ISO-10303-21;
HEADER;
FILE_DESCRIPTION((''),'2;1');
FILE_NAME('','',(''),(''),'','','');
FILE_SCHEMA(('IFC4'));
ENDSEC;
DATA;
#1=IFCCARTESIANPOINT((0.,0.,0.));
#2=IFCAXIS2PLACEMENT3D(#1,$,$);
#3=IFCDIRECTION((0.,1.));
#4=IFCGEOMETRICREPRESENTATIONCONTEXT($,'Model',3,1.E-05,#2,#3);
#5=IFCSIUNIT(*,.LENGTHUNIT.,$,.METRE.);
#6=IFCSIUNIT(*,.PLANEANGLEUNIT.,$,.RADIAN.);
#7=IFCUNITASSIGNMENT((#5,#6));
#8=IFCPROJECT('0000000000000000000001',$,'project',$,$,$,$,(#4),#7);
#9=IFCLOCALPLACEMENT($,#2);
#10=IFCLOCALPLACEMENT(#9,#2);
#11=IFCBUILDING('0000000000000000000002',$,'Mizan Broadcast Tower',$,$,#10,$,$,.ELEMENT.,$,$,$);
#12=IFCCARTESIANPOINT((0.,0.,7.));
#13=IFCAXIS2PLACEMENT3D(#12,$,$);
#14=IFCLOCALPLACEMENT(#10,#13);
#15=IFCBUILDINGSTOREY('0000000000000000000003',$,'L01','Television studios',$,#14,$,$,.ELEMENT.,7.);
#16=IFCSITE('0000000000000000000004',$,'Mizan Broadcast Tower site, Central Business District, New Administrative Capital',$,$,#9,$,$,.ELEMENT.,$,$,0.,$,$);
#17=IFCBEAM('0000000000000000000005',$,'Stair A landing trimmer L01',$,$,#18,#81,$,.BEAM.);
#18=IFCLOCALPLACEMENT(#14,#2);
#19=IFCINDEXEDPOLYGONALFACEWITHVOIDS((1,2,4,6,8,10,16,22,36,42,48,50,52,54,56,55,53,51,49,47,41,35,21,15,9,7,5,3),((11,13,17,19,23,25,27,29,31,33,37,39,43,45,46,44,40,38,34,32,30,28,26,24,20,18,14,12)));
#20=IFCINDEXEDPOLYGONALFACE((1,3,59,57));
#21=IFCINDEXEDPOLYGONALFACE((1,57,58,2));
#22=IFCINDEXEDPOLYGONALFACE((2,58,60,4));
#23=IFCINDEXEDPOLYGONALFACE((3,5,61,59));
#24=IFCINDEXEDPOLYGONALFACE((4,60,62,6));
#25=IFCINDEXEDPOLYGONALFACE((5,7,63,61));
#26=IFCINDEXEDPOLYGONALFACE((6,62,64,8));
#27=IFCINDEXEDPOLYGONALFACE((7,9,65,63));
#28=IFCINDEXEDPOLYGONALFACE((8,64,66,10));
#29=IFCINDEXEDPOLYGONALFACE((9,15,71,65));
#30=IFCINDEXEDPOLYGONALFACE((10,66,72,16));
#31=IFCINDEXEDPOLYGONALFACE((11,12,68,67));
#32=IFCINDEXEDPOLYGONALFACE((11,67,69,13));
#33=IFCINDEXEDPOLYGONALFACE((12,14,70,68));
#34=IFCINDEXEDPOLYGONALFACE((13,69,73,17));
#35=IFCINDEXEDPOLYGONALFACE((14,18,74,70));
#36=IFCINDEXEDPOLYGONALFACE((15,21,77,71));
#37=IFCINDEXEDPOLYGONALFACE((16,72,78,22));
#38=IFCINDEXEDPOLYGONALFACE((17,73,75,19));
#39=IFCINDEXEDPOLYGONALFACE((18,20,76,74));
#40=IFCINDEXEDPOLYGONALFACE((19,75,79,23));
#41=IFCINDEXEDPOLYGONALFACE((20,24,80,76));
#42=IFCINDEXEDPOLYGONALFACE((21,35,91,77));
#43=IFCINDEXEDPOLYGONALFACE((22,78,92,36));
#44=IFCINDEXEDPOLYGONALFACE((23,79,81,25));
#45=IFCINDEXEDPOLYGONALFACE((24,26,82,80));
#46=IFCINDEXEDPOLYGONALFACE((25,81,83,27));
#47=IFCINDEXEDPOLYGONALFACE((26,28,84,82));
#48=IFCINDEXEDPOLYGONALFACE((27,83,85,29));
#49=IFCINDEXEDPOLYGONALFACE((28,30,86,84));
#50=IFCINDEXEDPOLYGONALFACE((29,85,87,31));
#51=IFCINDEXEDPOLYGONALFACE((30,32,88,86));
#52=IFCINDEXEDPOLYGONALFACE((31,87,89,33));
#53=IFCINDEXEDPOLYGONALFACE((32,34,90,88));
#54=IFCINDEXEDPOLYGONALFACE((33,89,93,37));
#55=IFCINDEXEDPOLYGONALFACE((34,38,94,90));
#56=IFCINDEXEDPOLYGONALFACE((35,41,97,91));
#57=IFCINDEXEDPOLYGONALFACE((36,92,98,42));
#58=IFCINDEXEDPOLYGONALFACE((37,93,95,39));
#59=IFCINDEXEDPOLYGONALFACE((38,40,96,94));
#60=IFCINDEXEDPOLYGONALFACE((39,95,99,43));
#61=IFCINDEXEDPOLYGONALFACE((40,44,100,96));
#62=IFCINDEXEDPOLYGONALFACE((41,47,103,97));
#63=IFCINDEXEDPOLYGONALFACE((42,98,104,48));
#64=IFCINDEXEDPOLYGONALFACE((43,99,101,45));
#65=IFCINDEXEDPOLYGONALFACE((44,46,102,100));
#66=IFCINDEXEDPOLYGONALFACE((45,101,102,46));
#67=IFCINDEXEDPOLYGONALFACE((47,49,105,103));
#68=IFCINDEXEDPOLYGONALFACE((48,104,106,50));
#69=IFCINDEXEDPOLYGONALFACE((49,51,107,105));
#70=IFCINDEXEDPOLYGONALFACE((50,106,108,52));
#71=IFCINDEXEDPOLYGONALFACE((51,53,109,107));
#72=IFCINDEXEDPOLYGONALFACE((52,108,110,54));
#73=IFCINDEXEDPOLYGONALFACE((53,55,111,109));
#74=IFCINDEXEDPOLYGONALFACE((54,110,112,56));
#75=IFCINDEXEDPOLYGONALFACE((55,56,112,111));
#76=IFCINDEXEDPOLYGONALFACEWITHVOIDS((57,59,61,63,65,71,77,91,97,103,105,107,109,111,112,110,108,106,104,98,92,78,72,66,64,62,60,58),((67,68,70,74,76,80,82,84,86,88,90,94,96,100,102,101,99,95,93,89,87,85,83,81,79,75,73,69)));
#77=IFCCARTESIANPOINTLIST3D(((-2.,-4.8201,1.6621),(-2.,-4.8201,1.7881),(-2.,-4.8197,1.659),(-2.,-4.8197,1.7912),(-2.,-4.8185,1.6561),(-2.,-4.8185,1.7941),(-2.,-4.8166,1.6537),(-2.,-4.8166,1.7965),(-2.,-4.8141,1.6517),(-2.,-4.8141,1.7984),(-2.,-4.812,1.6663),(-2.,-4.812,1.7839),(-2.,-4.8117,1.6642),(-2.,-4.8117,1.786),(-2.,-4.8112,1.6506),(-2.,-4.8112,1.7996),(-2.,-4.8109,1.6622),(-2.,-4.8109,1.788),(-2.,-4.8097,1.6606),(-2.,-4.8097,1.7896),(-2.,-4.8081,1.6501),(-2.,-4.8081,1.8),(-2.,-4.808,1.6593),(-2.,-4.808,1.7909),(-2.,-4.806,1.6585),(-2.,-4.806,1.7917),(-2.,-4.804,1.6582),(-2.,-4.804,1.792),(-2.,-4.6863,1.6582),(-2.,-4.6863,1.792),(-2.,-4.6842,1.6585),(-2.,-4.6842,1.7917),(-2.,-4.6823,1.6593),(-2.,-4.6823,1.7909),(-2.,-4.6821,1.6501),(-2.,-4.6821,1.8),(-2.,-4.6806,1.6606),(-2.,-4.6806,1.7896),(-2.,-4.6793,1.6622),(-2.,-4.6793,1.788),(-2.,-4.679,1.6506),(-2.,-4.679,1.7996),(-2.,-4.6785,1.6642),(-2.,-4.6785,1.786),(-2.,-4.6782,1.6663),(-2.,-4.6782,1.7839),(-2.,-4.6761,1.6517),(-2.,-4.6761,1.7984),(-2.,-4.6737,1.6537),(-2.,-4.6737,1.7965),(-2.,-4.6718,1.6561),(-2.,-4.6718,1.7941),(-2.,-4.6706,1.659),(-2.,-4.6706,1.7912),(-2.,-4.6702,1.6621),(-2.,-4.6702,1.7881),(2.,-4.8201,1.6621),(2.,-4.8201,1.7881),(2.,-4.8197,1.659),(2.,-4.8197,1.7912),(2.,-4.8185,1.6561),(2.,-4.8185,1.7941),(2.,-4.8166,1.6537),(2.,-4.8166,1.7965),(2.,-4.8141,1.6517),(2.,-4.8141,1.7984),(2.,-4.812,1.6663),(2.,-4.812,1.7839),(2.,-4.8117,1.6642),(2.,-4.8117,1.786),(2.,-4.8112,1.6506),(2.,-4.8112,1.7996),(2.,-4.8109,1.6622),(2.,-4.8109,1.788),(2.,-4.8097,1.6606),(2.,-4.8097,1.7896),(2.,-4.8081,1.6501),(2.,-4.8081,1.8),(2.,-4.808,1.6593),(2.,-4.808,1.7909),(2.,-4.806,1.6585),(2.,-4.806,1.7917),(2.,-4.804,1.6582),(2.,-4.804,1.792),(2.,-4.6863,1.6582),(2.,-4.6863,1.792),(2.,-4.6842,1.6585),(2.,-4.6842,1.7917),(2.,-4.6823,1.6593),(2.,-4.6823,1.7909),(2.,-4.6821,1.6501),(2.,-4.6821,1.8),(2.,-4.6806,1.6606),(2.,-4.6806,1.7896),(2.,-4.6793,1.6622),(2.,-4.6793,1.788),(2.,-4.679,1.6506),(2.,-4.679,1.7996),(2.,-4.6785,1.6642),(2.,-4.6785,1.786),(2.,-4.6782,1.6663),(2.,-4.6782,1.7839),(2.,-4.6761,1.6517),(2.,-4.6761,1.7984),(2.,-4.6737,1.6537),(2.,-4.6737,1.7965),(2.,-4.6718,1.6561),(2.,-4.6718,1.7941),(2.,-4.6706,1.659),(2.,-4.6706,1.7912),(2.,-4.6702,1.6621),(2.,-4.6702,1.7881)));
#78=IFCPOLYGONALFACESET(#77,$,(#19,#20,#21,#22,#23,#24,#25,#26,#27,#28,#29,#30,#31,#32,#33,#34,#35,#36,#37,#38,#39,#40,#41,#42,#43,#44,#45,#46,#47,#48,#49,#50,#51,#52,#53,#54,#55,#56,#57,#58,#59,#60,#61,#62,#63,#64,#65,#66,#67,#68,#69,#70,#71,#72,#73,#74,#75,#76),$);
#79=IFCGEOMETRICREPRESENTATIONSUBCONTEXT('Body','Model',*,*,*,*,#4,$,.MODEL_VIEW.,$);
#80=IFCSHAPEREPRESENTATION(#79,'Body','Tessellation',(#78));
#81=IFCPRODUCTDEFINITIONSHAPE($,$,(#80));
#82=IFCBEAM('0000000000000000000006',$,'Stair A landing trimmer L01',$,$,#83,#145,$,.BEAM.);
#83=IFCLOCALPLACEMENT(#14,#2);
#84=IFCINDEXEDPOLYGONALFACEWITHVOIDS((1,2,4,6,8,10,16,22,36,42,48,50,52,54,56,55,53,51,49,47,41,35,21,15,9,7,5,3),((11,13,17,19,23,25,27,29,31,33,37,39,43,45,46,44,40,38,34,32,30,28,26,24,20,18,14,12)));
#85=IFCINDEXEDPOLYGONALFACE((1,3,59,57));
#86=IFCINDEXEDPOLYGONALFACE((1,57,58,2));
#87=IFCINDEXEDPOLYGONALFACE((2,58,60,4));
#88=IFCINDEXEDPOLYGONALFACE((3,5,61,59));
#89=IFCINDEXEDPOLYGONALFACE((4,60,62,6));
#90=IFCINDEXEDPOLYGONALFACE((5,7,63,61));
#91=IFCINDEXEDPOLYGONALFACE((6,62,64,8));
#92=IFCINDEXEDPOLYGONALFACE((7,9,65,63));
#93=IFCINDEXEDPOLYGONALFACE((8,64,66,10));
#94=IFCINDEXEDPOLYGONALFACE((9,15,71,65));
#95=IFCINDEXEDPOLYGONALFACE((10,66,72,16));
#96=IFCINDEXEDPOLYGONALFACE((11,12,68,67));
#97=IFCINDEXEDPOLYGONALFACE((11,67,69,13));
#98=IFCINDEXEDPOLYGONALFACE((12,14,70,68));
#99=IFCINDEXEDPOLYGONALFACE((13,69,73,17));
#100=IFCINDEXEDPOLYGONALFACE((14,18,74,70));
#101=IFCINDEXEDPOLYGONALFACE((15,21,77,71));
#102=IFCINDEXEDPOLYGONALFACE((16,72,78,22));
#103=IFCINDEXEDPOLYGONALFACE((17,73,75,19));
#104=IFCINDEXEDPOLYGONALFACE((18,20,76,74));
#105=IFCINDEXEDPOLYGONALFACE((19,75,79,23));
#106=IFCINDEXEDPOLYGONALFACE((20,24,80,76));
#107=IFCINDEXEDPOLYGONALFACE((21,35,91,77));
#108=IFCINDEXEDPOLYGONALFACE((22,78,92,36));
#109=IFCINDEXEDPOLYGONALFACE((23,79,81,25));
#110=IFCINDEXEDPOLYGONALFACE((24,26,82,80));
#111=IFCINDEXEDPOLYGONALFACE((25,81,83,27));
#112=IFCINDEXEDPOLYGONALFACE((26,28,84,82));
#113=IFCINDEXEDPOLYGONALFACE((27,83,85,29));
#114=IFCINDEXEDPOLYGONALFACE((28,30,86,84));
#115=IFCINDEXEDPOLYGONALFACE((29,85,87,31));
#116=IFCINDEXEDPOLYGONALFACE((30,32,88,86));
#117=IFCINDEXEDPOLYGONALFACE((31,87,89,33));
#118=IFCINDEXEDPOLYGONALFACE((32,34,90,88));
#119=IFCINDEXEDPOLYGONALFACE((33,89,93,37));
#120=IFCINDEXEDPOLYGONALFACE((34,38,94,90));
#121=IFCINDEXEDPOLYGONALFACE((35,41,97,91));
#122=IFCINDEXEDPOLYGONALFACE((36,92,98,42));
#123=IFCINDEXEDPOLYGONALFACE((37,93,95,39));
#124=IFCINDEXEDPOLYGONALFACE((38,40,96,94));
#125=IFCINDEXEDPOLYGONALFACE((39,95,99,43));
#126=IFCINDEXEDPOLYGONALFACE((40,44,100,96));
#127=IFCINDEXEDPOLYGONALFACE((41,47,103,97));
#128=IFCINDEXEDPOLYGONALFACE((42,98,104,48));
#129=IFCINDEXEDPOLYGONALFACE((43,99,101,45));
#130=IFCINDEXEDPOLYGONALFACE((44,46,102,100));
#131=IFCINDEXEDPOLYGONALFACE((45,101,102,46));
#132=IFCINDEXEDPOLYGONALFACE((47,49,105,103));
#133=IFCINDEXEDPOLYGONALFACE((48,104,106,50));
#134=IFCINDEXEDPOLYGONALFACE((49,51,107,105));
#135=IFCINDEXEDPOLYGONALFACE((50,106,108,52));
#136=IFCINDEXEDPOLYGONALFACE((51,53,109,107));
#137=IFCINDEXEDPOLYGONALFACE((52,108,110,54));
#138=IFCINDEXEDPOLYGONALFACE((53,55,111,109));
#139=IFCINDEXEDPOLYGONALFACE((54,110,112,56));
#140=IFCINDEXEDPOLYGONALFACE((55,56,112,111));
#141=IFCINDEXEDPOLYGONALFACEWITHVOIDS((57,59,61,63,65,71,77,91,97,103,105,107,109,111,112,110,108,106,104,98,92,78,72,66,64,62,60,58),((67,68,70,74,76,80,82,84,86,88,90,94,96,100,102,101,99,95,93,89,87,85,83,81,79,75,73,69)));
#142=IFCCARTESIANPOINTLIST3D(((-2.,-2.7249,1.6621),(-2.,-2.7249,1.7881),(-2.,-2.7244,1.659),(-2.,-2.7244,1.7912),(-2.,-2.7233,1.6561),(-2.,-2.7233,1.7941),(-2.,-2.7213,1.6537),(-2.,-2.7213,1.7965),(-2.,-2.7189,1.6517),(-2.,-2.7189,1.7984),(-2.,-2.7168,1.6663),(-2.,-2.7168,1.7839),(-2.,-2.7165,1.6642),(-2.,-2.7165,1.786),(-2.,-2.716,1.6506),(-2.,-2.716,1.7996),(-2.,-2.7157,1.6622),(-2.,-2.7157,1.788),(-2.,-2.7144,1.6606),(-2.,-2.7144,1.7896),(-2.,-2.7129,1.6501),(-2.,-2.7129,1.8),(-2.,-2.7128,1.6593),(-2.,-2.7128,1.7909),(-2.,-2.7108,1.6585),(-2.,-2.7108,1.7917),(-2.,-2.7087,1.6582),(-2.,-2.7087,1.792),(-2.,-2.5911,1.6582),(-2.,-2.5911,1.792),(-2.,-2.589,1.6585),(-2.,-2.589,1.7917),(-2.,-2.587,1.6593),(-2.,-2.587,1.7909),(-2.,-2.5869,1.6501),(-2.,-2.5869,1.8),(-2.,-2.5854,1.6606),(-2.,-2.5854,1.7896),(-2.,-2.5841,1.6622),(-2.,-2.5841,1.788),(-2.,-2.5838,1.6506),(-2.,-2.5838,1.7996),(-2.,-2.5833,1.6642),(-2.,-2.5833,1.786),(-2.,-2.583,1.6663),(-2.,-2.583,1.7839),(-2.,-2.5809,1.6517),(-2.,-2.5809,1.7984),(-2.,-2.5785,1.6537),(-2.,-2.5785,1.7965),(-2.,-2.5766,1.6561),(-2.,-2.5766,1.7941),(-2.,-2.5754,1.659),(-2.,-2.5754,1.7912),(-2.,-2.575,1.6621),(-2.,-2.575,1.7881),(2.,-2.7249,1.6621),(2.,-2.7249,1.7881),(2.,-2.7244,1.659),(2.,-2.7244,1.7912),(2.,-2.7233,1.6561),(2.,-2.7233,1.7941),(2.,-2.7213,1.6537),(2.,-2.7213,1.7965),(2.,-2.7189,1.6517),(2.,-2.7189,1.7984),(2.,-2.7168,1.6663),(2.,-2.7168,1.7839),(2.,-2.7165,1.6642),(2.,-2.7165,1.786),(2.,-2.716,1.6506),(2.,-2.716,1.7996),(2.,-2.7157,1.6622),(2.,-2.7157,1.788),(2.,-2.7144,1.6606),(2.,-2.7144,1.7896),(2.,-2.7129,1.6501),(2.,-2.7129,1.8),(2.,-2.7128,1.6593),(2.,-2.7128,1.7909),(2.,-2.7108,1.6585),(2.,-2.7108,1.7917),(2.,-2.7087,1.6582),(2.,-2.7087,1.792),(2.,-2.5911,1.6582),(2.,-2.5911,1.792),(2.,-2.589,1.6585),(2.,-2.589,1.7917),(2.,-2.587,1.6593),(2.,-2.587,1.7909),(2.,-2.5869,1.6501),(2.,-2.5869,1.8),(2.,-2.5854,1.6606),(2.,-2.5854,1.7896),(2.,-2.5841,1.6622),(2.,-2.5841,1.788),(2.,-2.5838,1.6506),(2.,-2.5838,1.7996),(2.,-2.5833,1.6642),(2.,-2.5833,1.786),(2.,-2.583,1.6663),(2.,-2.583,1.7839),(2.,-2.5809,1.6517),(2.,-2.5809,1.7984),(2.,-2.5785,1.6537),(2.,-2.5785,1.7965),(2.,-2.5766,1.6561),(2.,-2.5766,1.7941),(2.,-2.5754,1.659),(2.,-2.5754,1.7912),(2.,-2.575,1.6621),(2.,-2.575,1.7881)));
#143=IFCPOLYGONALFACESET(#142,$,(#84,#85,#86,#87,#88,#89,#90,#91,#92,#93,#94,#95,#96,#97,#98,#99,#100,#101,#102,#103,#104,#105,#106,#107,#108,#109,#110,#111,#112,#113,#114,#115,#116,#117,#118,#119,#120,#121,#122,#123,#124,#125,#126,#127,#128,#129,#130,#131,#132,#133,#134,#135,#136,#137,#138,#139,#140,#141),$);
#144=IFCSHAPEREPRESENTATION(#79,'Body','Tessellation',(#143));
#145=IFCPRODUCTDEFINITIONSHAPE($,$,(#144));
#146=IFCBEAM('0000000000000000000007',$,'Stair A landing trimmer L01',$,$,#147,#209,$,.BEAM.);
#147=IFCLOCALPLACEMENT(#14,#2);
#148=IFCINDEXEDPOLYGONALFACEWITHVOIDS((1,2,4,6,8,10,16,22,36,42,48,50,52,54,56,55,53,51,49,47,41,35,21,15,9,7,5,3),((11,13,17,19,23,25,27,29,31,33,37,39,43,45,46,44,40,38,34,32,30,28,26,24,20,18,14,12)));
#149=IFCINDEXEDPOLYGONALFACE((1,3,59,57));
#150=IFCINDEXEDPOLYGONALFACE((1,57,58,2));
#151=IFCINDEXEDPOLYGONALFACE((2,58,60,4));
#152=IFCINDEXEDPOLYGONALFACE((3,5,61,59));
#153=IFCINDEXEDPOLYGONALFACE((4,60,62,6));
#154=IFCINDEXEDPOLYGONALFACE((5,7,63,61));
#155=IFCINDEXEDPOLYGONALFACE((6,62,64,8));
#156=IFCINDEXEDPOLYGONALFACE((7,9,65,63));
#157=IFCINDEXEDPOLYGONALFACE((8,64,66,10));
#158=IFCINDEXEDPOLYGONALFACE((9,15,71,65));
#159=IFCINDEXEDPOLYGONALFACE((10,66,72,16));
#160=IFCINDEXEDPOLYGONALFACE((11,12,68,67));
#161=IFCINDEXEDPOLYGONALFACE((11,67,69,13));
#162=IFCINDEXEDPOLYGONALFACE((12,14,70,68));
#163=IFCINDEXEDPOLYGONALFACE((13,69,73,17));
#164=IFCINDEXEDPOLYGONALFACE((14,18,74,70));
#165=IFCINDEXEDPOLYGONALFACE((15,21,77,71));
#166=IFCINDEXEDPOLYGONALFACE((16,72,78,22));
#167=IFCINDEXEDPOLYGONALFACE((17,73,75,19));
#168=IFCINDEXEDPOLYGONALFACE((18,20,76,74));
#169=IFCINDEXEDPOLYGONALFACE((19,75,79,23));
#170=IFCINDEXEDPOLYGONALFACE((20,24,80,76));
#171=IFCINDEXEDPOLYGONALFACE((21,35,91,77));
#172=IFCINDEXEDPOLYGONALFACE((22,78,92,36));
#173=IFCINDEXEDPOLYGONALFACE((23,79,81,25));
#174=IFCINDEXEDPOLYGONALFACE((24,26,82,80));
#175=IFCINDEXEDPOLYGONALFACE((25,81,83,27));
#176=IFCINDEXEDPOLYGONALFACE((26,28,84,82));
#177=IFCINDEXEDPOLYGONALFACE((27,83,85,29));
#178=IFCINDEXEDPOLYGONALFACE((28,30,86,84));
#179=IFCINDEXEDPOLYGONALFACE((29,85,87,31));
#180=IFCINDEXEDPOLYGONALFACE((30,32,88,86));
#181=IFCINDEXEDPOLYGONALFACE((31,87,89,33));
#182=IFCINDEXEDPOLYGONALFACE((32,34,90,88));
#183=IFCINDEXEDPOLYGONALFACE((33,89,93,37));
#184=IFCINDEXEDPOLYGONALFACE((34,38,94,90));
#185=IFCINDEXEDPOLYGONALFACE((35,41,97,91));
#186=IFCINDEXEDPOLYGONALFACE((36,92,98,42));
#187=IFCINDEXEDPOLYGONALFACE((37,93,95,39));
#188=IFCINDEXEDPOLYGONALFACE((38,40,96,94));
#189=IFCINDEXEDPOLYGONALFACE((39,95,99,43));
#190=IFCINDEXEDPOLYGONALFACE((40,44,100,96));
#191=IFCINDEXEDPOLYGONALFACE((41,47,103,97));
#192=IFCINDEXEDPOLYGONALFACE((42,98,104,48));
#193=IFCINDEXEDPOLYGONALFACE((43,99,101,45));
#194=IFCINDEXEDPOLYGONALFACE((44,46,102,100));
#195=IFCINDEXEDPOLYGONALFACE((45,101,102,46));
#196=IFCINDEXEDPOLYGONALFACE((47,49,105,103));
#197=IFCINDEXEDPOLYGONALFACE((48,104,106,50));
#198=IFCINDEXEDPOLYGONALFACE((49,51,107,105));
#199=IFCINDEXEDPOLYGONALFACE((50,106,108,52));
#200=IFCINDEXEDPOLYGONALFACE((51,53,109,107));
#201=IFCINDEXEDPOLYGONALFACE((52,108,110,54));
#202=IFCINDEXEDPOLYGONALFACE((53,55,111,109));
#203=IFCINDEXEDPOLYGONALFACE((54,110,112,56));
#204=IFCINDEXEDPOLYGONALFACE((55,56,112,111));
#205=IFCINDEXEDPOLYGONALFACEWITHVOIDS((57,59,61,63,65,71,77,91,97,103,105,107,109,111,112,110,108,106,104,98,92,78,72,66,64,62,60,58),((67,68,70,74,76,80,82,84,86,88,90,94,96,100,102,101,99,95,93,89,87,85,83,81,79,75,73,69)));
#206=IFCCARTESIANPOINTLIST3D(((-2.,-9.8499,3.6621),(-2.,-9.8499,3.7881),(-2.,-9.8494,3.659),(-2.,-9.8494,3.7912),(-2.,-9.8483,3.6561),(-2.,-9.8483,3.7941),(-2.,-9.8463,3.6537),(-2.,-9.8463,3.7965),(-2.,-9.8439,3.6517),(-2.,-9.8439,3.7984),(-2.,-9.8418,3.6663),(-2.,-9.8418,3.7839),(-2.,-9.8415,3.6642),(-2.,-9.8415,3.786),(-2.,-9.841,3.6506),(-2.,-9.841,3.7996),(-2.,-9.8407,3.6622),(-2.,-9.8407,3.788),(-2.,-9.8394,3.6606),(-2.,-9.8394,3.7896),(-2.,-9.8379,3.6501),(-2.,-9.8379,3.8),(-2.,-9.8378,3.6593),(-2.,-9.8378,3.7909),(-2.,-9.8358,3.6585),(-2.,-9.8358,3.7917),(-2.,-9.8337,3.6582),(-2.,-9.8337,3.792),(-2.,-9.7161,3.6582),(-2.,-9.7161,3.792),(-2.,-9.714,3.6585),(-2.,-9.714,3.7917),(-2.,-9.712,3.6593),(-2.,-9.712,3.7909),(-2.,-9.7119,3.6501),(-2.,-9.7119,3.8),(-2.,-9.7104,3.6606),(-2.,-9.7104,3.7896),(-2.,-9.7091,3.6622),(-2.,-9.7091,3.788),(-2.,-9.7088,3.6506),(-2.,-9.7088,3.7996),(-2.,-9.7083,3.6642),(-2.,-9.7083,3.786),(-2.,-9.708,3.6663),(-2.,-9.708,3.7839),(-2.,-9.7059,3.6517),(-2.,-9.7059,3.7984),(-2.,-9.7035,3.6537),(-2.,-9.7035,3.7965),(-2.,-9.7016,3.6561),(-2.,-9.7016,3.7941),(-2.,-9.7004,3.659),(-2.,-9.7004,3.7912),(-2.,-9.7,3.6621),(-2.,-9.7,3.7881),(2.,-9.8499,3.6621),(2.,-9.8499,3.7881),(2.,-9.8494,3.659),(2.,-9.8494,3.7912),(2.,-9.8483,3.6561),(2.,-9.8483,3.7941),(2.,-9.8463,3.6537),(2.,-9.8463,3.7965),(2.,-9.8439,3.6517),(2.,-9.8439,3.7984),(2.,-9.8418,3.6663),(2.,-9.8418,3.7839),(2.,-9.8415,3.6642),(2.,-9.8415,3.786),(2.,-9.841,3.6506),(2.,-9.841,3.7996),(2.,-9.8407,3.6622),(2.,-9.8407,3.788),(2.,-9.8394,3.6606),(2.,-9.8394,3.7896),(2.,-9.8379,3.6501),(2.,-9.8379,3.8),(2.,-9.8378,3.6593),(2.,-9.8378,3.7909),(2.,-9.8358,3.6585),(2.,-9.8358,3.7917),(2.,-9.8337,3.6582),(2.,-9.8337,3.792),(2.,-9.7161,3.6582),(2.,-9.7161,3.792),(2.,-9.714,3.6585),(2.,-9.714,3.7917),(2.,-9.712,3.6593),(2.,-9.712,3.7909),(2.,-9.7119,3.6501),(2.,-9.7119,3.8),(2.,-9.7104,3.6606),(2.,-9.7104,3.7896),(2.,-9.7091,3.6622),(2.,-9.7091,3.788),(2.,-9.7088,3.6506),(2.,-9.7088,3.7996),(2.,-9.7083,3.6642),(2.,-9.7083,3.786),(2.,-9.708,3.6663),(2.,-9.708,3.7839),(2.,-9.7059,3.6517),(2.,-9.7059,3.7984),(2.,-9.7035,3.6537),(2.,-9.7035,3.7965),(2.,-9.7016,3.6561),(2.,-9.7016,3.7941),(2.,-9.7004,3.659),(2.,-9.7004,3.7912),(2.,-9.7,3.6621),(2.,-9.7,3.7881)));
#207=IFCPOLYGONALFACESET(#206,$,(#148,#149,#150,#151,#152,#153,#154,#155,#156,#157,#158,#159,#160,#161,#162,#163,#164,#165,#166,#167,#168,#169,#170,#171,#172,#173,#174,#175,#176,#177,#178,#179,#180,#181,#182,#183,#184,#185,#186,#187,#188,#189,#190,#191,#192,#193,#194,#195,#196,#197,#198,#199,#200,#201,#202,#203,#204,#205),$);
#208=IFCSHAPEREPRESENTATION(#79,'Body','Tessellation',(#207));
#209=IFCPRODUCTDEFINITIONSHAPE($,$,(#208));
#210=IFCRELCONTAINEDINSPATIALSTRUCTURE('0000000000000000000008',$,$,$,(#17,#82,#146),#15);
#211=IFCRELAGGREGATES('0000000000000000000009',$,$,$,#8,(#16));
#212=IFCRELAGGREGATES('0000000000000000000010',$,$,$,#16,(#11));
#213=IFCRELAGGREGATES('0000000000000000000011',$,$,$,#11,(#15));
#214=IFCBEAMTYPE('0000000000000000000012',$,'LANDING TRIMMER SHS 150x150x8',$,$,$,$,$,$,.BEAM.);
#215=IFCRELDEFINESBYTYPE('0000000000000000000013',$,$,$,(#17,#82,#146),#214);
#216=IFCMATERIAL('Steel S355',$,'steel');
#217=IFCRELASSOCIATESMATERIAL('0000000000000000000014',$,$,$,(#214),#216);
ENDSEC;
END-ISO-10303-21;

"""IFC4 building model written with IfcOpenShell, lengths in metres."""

from ifc_helpers import new_model, si_unit, direction, frame, origin, origin_2d, place, context, subcontext, project, spatial, hollow_rectangle, extrude, material, material_profile, profile_set, type_object, element, save


model = new_model("IFC4")

# Units and contexts
model_context = context("Model", 3, precision=1e-05, world=origin(), true_north=direction((0.0, 1.0)))
body_context = subcontext(model_context, "Body", "Model", "MODEL_VIEW")
ifc_project = project(units=[si_unit("LENGTHUNIT", "METRE"), si_unit("PLANEANGLEUNIT", "RADIAN")], contexts=[model_context])

# Site, building, storey
site_placement = place(None, origin())
site = spatial("IfcSite", under=ifc_project, at=site_placement, Name="Mizan Broadcast Tower site, Central Business District, New Administrative Capital", CompositionType="ELEMENT", RefElevation=0.0)
building_placement = place(site_placement, origin())
building = spatial("IfcBuilding", under=site, at=building_placement, Name="Mizan Broadcast Tower", CompositionType="ELEMENT")
storey_placement = place(building_placement, frame((0.0, 0.0, 7.0)))
storey = spatial("IfcBuildingStorey", under=building, at=storey_placement, Name="L01", Description="Television studios", CompositionType="ELEMENT", Elevation=7.0)

# Beams
ifc_material_1 = material(Name="Steel S355", Category="steel")
ifc_material_profile = material_profile(ifc_material_1, hollow_rectangle(XDim=0.1499, YDim=0.1499, WallThickness=0.0081, InnerFilletRadius=0.0081, OuterFilletRadius=0.012, at=origin_2d()), Name="SHS 150x150x8")
ifc_profile_set = profile_set([ifc_material_profile], Name="Steel S355")
beam_type = type_object("IfcBeamType", Name="LANDING TRIMMER SHS 150x150x8", PredefinedType="BEAM", material=ifc_profile_set)
for number, where, z_axis, x_axis, name in (
    (1, (-2.0, -4.7451, 1.7251), (1.0, 0.0, 0.0), (0.0, 1.0, 0.0), "Stair A landing trimmer L01"),
    (2, (-2.0, -2.6499, 1.7251), (1.0, 0.0, 0.0), (0.0, 1.0, 0.0), "Stair A landing trimmer L01"),
    (3, (-2.0, -9.7749, 3.7251), (1.0, 0.0, 0.0), (0.0, 1.0, 0.0), "Stair A landing trimmer L01"),
):
    element("IfcBeam", number, at=place(storey_placement, frame(where, z_axis=z_axis, x_axis=x_axis)), inside=storey, type_object=beam_type, Name=name, PredefinedType="BEAM", context=body_context, shape_type="SweptSolid", body=[
        extrude(hollow_rectangle(XDim=0.1499, YDim=0.1499, WallThickness=0.0081, InnerFilletRadius=0.0081, OuterFilletRadius=0.012, at=origin_2d()), origin(), (0.0, 0.0, 1.0), 4.0),
    ])

save(model, "model.ifc")
